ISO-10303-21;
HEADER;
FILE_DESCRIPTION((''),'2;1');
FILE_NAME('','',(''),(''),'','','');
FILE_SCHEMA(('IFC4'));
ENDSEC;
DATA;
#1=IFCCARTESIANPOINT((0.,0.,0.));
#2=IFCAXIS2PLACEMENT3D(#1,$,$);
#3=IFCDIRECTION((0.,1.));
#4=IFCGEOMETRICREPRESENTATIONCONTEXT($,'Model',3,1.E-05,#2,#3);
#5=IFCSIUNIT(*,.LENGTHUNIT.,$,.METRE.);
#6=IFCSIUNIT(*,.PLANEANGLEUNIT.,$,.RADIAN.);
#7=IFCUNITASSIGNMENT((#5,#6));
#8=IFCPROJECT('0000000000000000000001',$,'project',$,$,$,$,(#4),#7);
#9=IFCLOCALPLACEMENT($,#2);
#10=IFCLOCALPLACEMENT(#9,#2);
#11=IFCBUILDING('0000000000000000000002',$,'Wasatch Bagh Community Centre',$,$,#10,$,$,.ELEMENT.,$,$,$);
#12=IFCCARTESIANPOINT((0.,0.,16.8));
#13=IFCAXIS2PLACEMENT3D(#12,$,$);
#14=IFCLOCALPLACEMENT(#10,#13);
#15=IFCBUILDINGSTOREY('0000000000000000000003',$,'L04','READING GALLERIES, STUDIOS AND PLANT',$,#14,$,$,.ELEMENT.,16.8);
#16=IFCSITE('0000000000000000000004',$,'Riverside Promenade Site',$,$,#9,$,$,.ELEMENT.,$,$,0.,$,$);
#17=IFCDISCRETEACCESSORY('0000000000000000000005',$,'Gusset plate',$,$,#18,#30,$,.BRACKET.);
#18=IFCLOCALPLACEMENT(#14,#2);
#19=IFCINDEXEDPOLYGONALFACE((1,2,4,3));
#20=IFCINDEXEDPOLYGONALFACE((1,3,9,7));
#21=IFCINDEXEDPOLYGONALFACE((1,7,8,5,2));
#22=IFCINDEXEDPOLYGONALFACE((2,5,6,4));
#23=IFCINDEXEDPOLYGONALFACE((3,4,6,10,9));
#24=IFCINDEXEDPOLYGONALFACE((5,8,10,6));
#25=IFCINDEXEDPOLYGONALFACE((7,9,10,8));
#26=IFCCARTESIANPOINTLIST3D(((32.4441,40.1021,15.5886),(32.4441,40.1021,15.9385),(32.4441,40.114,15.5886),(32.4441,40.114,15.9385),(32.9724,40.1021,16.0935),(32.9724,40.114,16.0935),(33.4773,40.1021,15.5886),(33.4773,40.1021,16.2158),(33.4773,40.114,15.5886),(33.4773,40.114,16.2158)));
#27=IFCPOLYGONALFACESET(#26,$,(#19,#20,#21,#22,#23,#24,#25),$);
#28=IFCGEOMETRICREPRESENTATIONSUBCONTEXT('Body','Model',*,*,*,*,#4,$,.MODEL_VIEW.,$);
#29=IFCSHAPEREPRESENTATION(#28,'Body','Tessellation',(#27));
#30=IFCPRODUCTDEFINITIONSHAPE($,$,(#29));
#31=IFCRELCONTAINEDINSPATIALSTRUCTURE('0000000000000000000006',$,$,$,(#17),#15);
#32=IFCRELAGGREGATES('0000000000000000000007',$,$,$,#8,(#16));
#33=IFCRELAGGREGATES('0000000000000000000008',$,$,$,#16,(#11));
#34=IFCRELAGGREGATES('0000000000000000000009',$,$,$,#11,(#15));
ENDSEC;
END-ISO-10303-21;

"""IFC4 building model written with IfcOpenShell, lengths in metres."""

from ifc_helpers import new_model, si_unit, direction, frame, origin, place, context, subcontext, project, spatial, polyline, outline, extrude, element, save


model = new_model("IFC4")

# Units and contexts
model_context = context("Model", 3, precision=1e-05, world=origin(), true_north=direction((0.0, 1.0)))
body_context = subcontext(model_context, "Body", "Model", "MODEL_VIEW")
ifc_project = project(units=[si_unit("LENGTHUNIT", "METRE"), si_unit("PLANEANGLEUNIT", "RADIAN")], contexts=[model_context])

# Site, building, storey
site_placement = place(None, origin())
site = spatial("IfcSite", under=ifc_project, at=site_placement, Name="Riverside Promenade Site", CompositionType="ELEMENT", RefElevation=0.0)
building_placement = place(site_placement, origin())
building = spatial("IfcBuilding", under=site, at=building_placement, Name="Wasatch Bagh Community Centre", CompositionType="ELEMENT")
storey_placement = place(building_placement, frame((0.0, 0.0, 16.8)))
storey = spatial("IfcBuildingStorey", under=building, at=storey_placement, Name="L04", Description="READING GALLERIES, STUDIOS AND PLANT", CompositionType="ELEMENT", Elevation=16.8)

# Discrete accessory
discrete_accessory_1_placement = place(storey_placement, frame((32.4441, 40.114, 15.9385), z_axis=(0.0, 1.0, 0.0), x_axis=(0.959542, 0.0, 0.281566)))
element("IfcDiscreteAccessory", 1, at=discrete_accessory_1_placement, inside=storey, Name="Gusset plate", PredefinedType="BRACKET", context=body_context, shape_type="SweptSolid", body=[
    extrude(outline(polyline([(0.0, 0.0), (0.5506, 0.0), (1.0695, 0.0248), (0.8929, 0.6266), (-0.0985, 0.3357), (0.0, 0.0)])), origin(), (0.0, 0.0, -1.0), 0.012),
])

save(model, "model.ifc")
